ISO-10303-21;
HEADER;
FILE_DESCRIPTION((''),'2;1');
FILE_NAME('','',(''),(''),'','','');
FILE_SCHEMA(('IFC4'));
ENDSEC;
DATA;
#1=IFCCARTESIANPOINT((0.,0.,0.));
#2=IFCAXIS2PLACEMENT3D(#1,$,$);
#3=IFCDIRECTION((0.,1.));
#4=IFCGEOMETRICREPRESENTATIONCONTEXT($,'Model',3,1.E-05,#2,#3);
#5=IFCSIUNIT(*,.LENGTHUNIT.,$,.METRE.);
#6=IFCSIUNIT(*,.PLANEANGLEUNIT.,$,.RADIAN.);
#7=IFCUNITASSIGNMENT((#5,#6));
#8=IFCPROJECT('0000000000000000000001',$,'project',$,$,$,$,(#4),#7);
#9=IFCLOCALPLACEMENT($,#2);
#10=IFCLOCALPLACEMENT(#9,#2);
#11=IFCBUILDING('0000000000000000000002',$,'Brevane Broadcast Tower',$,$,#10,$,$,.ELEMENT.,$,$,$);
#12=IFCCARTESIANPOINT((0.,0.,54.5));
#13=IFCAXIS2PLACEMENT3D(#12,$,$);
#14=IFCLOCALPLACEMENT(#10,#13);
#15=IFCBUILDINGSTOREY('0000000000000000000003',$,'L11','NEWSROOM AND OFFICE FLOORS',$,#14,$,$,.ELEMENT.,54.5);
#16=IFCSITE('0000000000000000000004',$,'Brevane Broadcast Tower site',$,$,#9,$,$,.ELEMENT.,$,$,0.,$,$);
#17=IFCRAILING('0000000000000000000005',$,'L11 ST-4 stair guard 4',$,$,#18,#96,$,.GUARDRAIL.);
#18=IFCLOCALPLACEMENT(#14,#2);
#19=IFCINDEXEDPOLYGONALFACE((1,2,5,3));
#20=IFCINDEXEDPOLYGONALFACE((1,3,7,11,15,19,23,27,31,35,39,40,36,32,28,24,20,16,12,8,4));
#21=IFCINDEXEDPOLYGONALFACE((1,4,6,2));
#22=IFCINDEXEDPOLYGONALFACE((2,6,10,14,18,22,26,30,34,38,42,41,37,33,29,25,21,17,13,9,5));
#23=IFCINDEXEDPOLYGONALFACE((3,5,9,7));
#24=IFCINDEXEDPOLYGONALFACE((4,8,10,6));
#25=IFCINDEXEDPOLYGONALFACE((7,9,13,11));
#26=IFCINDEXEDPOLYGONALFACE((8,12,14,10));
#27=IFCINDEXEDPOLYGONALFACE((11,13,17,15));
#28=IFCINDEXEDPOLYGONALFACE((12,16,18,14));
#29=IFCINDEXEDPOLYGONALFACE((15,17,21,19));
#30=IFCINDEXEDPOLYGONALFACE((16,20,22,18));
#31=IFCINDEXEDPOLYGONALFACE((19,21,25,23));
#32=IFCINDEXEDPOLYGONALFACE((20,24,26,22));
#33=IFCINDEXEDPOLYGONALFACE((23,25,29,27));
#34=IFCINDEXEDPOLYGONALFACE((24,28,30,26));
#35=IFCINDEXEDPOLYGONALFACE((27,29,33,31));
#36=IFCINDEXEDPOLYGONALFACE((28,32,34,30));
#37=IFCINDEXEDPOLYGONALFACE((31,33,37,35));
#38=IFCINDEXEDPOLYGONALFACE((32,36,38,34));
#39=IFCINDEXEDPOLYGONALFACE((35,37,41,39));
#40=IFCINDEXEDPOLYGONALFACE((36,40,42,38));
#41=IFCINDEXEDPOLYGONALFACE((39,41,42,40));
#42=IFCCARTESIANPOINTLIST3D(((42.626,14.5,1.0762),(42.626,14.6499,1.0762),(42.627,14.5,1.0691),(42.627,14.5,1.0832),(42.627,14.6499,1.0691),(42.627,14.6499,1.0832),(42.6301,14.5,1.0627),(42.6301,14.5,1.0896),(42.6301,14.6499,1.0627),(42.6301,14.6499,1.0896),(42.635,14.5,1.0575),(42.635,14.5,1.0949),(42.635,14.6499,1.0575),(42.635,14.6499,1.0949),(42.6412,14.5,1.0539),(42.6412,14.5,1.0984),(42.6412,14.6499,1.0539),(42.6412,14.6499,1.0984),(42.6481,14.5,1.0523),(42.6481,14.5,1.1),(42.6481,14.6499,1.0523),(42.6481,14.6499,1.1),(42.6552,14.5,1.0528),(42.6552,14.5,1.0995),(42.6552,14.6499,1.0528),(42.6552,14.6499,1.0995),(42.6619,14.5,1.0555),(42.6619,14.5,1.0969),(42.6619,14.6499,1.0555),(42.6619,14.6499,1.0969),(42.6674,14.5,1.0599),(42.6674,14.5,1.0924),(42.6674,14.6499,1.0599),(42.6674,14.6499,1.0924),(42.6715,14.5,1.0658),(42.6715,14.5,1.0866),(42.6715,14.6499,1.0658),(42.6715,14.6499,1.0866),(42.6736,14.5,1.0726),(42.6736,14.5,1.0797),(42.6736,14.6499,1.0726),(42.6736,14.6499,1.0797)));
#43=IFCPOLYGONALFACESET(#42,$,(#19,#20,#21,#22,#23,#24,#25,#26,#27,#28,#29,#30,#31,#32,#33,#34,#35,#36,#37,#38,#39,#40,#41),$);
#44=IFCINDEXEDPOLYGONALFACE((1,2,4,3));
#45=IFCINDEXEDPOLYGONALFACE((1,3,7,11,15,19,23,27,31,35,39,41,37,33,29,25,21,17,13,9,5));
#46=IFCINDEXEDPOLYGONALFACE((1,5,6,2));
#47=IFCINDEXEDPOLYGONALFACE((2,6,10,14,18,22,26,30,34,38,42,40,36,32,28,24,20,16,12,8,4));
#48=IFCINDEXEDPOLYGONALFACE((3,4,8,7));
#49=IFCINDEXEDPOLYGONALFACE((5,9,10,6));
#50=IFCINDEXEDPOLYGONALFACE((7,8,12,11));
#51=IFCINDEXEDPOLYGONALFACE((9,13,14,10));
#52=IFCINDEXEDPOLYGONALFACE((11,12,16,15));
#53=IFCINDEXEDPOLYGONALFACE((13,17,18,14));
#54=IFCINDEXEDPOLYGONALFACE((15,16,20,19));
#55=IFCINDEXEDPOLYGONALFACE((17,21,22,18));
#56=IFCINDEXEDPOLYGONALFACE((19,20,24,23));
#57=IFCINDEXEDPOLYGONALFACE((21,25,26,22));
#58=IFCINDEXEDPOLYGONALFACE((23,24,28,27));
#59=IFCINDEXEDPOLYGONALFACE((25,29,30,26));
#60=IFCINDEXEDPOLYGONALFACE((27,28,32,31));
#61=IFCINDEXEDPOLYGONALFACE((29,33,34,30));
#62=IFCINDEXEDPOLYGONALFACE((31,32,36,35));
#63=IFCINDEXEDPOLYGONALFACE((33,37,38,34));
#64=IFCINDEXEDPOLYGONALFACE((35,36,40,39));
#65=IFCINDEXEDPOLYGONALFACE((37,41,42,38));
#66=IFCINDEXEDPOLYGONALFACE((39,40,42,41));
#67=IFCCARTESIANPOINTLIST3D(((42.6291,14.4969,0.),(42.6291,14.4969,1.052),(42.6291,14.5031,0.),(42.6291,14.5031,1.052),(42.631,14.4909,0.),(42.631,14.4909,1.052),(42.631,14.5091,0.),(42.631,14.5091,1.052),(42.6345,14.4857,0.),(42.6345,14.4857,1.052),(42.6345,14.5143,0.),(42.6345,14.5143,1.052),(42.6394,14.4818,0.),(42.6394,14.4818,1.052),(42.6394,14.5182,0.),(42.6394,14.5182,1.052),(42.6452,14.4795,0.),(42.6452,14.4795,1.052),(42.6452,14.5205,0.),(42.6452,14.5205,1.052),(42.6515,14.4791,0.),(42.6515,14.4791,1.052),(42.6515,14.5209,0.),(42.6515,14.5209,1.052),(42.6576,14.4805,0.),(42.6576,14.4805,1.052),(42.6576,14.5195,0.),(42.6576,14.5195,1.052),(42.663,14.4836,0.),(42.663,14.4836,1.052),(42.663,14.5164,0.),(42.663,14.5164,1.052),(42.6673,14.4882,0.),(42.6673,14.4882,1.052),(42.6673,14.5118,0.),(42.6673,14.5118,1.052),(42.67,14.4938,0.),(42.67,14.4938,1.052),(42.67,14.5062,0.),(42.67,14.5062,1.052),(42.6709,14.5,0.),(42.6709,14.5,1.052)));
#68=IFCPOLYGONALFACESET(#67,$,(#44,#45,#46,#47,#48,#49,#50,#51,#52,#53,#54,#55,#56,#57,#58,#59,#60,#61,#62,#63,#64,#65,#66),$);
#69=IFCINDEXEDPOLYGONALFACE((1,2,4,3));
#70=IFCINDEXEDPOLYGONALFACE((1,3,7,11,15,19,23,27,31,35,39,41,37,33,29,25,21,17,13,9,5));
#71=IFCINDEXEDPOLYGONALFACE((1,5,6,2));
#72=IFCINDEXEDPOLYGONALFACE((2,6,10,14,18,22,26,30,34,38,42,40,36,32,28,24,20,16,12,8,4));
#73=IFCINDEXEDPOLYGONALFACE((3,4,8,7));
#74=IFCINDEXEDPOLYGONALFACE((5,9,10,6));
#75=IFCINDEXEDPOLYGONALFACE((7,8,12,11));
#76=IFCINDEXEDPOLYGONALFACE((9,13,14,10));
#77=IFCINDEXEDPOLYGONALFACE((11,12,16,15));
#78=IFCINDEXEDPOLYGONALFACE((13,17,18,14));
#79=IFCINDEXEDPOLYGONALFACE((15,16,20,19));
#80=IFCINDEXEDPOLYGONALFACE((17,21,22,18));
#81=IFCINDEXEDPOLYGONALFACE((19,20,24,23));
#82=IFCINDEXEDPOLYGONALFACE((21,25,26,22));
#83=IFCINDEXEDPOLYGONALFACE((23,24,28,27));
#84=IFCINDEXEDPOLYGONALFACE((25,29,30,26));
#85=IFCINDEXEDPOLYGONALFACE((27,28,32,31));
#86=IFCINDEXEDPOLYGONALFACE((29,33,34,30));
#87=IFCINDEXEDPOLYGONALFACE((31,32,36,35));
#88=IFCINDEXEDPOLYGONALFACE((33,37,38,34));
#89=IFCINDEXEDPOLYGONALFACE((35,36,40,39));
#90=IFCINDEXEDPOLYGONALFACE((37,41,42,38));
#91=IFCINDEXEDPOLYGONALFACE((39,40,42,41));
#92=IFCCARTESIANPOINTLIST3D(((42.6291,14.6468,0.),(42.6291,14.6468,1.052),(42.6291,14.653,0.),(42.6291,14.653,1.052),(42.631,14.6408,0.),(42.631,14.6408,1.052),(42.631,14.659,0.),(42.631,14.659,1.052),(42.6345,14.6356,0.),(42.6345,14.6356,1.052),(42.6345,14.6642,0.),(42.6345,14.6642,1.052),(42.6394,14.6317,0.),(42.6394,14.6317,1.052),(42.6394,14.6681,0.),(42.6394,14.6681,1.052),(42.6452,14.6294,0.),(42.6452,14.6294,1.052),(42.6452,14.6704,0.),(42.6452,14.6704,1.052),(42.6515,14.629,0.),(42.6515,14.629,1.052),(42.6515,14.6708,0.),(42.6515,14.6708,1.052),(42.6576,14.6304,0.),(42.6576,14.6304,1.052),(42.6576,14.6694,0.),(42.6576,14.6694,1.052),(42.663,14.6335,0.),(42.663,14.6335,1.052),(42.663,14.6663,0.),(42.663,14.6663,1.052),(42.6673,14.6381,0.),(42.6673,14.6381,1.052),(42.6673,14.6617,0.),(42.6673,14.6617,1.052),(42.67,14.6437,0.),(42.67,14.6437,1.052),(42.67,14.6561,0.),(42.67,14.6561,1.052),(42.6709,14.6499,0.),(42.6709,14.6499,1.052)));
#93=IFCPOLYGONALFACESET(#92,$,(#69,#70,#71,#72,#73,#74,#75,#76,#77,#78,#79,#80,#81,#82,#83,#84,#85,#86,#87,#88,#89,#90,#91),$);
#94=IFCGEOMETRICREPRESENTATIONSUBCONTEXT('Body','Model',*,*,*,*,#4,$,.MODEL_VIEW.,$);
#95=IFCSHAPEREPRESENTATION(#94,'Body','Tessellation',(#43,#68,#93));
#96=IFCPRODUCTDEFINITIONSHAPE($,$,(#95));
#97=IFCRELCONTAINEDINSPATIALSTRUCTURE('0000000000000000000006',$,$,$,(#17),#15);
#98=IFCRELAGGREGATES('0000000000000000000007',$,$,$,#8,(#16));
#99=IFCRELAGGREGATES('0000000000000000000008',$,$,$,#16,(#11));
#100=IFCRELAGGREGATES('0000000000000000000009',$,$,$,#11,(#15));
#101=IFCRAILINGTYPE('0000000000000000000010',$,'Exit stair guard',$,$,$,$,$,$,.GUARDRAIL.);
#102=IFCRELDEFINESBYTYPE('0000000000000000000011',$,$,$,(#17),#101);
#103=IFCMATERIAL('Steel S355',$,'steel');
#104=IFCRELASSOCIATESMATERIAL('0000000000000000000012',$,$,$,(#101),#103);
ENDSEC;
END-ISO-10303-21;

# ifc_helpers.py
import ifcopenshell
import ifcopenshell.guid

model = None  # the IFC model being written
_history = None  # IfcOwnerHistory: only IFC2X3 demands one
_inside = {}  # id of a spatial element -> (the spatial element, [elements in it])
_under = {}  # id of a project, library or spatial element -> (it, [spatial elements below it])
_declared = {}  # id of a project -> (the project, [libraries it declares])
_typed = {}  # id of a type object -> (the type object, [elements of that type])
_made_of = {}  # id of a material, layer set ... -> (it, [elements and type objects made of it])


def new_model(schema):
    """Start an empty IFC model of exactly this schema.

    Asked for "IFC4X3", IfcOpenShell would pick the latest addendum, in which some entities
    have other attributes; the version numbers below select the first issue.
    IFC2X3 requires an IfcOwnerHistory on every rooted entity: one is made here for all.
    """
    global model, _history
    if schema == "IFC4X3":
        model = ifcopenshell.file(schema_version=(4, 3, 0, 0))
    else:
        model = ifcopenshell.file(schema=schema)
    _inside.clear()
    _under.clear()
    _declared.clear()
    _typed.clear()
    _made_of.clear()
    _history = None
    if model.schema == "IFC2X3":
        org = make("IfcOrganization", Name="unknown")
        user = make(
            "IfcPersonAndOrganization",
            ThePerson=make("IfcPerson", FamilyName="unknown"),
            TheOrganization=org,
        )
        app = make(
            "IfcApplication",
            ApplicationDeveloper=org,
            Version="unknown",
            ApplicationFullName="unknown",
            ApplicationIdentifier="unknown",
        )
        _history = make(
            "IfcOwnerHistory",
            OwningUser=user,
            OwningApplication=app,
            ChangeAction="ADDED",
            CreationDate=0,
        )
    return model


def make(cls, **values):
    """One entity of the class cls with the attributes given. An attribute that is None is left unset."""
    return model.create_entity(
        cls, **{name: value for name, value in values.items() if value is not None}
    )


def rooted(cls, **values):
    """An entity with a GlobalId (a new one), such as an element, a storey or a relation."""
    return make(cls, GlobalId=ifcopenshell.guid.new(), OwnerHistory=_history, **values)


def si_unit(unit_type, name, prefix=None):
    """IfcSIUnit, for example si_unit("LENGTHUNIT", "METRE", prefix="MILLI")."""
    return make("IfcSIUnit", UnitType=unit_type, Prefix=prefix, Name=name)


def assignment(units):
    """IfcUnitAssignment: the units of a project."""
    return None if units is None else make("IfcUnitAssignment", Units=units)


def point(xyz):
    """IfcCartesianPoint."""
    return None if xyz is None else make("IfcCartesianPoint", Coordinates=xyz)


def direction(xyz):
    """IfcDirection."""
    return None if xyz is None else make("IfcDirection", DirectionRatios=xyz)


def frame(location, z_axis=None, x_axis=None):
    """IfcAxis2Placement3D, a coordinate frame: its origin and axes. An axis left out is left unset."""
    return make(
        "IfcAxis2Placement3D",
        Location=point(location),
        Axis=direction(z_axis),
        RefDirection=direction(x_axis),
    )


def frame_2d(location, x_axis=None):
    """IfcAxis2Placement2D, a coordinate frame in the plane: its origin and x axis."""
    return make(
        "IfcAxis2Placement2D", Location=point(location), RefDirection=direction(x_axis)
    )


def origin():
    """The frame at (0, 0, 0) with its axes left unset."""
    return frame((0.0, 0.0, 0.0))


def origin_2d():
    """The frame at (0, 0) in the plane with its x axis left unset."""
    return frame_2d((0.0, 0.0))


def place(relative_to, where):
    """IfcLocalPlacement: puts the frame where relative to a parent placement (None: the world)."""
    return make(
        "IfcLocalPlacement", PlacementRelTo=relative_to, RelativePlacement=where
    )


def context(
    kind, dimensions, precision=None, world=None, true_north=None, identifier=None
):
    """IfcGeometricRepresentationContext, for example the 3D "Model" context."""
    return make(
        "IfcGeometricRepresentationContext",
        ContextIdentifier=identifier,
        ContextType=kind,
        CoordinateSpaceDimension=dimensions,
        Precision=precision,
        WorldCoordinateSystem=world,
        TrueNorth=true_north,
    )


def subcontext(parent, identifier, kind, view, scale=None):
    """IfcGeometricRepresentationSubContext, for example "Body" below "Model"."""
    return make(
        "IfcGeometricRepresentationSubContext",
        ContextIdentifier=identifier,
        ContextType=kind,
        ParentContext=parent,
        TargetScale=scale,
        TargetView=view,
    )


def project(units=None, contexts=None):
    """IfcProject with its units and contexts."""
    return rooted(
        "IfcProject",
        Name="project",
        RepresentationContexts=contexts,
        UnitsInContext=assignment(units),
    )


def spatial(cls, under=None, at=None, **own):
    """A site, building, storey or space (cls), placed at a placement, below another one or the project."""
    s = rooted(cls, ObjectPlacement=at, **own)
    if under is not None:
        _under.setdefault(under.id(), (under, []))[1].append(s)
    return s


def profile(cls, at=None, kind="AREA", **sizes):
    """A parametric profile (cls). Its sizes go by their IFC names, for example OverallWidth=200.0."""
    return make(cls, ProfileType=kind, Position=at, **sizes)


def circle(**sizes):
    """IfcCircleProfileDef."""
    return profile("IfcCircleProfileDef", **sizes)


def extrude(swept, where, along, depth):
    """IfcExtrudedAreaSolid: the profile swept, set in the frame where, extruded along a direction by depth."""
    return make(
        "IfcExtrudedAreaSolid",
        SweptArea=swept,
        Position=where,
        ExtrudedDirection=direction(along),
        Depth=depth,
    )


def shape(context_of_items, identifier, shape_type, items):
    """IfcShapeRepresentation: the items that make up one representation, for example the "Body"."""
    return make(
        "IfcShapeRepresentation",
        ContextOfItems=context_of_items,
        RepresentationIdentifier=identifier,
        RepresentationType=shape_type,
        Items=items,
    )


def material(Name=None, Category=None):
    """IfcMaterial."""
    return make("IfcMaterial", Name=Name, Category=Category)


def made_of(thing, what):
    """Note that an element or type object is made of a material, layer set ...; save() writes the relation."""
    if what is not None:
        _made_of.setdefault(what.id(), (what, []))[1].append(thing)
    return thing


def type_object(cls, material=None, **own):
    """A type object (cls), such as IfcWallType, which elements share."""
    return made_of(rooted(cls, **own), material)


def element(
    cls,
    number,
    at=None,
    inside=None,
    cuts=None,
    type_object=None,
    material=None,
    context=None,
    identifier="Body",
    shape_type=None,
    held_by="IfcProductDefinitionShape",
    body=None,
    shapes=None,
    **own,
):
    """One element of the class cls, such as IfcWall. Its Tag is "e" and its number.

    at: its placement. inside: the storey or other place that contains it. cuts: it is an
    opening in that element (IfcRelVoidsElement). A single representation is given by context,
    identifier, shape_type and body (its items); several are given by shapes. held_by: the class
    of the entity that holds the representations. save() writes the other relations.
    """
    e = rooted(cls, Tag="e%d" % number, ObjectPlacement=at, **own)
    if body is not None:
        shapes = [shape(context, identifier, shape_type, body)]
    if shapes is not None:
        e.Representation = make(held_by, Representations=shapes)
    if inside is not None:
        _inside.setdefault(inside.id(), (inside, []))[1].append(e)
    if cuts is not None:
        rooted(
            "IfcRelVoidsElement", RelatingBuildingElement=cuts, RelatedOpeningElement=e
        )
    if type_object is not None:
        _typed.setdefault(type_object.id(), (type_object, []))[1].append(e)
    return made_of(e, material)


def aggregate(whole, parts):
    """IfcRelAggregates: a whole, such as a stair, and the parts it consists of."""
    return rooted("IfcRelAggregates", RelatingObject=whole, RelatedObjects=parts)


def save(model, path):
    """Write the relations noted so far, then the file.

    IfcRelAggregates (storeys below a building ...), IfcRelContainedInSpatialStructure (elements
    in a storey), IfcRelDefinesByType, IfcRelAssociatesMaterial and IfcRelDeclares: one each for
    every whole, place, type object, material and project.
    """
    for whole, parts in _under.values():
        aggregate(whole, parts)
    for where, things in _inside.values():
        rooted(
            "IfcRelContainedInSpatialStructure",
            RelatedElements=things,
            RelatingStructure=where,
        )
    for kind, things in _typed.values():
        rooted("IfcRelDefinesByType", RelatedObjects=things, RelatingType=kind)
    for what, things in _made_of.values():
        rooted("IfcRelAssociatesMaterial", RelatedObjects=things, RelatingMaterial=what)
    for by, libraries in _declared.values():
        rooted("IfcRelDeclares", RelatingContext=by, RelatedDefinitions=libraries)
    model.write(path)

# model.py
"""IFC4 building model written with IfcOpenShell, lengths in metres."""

from ifc_helpers import new_model, si_unit, direction, frame, origin, origin_2d, place, context, subcontext, project, spatial, circle, extrude, material, type_object, element, save


model = new_model("IFC4")

# Units and contexts
model_context = context("Model", 3, precision=1e-05, world=origin(), true_north=direction((0.0, 1.0)))
body_context = subcontext(model_context, "Body", "Model", "MODEL_VIEW")
ifc_project = project(units=[si_unit("LENGTHUNIT", "METRE"), si_unit("PLANEANGLEUNIT", "RADIAN")], contexts=[model_context])

# Site, building, storey
site_placement = place(None, origin())
site = spatial("IfcSite", under=ifc_project, at=site_placement, Name="Brevane Broadcast Tower site", CompositionType="ELEMENT", RefElevation=0.0)
building_placement = place(site_placement, origin())
building = spatial("IfcBuilding", under=site, at=building_placement, Name="Brevane Broadcast Tower", CompositionType="ELEMENT")
storey_placement = place(building_placement, frame((0.0, 0.0, 54.5)))
storey = spatial("IfcBuildingStorey", under=building, at=storey_placement, Name="L11", Description="NEWSROOM AND OFFICE FLOORS", CompositionType="ELEMENT", Elevation=54.5)

# Railing
ifc_material_1 = material(Name="Steel S355", Category="steel")
railing_type_1 = type_object("IfcRailingType", Name="Exit stair guard", PredefinedType="GUARDRAIL", material=ifc_material_1)
railing_1_placement = place(storey_placement, frame((42.6499, 14.5, 0.0)))
element("IfcRailing", 1, at=railing_1_placement, inside=storey, type_object=railing_type_1, Name="L11 ST-4 stair guard 4", PredefinedType="GUARDRAIL", context=body_context, shape_type="SweptSolid", body=[
    extrude(circle(Radius=0.0239, at=origin_2d()), frame((0.0, 0.0, 1.0762), z_axis=(0.0, 1.0, 0.0), x_axis=(-1.0, 0.0, 0.0)), (0.0, 0.0, 1.0), 0.1499),
    extrude(circle(Radius=0.021, at=origin_2d()), origin(), (0.0, 0.0, 1.0), 1.052),
    extrude(circle(Radius=0.021, at=origin_2d()), frame((0.0, 0.1499, 0.0)), (0.0, 0.0, 1.0), 1.052),
])

save(model, "model.ifc")
